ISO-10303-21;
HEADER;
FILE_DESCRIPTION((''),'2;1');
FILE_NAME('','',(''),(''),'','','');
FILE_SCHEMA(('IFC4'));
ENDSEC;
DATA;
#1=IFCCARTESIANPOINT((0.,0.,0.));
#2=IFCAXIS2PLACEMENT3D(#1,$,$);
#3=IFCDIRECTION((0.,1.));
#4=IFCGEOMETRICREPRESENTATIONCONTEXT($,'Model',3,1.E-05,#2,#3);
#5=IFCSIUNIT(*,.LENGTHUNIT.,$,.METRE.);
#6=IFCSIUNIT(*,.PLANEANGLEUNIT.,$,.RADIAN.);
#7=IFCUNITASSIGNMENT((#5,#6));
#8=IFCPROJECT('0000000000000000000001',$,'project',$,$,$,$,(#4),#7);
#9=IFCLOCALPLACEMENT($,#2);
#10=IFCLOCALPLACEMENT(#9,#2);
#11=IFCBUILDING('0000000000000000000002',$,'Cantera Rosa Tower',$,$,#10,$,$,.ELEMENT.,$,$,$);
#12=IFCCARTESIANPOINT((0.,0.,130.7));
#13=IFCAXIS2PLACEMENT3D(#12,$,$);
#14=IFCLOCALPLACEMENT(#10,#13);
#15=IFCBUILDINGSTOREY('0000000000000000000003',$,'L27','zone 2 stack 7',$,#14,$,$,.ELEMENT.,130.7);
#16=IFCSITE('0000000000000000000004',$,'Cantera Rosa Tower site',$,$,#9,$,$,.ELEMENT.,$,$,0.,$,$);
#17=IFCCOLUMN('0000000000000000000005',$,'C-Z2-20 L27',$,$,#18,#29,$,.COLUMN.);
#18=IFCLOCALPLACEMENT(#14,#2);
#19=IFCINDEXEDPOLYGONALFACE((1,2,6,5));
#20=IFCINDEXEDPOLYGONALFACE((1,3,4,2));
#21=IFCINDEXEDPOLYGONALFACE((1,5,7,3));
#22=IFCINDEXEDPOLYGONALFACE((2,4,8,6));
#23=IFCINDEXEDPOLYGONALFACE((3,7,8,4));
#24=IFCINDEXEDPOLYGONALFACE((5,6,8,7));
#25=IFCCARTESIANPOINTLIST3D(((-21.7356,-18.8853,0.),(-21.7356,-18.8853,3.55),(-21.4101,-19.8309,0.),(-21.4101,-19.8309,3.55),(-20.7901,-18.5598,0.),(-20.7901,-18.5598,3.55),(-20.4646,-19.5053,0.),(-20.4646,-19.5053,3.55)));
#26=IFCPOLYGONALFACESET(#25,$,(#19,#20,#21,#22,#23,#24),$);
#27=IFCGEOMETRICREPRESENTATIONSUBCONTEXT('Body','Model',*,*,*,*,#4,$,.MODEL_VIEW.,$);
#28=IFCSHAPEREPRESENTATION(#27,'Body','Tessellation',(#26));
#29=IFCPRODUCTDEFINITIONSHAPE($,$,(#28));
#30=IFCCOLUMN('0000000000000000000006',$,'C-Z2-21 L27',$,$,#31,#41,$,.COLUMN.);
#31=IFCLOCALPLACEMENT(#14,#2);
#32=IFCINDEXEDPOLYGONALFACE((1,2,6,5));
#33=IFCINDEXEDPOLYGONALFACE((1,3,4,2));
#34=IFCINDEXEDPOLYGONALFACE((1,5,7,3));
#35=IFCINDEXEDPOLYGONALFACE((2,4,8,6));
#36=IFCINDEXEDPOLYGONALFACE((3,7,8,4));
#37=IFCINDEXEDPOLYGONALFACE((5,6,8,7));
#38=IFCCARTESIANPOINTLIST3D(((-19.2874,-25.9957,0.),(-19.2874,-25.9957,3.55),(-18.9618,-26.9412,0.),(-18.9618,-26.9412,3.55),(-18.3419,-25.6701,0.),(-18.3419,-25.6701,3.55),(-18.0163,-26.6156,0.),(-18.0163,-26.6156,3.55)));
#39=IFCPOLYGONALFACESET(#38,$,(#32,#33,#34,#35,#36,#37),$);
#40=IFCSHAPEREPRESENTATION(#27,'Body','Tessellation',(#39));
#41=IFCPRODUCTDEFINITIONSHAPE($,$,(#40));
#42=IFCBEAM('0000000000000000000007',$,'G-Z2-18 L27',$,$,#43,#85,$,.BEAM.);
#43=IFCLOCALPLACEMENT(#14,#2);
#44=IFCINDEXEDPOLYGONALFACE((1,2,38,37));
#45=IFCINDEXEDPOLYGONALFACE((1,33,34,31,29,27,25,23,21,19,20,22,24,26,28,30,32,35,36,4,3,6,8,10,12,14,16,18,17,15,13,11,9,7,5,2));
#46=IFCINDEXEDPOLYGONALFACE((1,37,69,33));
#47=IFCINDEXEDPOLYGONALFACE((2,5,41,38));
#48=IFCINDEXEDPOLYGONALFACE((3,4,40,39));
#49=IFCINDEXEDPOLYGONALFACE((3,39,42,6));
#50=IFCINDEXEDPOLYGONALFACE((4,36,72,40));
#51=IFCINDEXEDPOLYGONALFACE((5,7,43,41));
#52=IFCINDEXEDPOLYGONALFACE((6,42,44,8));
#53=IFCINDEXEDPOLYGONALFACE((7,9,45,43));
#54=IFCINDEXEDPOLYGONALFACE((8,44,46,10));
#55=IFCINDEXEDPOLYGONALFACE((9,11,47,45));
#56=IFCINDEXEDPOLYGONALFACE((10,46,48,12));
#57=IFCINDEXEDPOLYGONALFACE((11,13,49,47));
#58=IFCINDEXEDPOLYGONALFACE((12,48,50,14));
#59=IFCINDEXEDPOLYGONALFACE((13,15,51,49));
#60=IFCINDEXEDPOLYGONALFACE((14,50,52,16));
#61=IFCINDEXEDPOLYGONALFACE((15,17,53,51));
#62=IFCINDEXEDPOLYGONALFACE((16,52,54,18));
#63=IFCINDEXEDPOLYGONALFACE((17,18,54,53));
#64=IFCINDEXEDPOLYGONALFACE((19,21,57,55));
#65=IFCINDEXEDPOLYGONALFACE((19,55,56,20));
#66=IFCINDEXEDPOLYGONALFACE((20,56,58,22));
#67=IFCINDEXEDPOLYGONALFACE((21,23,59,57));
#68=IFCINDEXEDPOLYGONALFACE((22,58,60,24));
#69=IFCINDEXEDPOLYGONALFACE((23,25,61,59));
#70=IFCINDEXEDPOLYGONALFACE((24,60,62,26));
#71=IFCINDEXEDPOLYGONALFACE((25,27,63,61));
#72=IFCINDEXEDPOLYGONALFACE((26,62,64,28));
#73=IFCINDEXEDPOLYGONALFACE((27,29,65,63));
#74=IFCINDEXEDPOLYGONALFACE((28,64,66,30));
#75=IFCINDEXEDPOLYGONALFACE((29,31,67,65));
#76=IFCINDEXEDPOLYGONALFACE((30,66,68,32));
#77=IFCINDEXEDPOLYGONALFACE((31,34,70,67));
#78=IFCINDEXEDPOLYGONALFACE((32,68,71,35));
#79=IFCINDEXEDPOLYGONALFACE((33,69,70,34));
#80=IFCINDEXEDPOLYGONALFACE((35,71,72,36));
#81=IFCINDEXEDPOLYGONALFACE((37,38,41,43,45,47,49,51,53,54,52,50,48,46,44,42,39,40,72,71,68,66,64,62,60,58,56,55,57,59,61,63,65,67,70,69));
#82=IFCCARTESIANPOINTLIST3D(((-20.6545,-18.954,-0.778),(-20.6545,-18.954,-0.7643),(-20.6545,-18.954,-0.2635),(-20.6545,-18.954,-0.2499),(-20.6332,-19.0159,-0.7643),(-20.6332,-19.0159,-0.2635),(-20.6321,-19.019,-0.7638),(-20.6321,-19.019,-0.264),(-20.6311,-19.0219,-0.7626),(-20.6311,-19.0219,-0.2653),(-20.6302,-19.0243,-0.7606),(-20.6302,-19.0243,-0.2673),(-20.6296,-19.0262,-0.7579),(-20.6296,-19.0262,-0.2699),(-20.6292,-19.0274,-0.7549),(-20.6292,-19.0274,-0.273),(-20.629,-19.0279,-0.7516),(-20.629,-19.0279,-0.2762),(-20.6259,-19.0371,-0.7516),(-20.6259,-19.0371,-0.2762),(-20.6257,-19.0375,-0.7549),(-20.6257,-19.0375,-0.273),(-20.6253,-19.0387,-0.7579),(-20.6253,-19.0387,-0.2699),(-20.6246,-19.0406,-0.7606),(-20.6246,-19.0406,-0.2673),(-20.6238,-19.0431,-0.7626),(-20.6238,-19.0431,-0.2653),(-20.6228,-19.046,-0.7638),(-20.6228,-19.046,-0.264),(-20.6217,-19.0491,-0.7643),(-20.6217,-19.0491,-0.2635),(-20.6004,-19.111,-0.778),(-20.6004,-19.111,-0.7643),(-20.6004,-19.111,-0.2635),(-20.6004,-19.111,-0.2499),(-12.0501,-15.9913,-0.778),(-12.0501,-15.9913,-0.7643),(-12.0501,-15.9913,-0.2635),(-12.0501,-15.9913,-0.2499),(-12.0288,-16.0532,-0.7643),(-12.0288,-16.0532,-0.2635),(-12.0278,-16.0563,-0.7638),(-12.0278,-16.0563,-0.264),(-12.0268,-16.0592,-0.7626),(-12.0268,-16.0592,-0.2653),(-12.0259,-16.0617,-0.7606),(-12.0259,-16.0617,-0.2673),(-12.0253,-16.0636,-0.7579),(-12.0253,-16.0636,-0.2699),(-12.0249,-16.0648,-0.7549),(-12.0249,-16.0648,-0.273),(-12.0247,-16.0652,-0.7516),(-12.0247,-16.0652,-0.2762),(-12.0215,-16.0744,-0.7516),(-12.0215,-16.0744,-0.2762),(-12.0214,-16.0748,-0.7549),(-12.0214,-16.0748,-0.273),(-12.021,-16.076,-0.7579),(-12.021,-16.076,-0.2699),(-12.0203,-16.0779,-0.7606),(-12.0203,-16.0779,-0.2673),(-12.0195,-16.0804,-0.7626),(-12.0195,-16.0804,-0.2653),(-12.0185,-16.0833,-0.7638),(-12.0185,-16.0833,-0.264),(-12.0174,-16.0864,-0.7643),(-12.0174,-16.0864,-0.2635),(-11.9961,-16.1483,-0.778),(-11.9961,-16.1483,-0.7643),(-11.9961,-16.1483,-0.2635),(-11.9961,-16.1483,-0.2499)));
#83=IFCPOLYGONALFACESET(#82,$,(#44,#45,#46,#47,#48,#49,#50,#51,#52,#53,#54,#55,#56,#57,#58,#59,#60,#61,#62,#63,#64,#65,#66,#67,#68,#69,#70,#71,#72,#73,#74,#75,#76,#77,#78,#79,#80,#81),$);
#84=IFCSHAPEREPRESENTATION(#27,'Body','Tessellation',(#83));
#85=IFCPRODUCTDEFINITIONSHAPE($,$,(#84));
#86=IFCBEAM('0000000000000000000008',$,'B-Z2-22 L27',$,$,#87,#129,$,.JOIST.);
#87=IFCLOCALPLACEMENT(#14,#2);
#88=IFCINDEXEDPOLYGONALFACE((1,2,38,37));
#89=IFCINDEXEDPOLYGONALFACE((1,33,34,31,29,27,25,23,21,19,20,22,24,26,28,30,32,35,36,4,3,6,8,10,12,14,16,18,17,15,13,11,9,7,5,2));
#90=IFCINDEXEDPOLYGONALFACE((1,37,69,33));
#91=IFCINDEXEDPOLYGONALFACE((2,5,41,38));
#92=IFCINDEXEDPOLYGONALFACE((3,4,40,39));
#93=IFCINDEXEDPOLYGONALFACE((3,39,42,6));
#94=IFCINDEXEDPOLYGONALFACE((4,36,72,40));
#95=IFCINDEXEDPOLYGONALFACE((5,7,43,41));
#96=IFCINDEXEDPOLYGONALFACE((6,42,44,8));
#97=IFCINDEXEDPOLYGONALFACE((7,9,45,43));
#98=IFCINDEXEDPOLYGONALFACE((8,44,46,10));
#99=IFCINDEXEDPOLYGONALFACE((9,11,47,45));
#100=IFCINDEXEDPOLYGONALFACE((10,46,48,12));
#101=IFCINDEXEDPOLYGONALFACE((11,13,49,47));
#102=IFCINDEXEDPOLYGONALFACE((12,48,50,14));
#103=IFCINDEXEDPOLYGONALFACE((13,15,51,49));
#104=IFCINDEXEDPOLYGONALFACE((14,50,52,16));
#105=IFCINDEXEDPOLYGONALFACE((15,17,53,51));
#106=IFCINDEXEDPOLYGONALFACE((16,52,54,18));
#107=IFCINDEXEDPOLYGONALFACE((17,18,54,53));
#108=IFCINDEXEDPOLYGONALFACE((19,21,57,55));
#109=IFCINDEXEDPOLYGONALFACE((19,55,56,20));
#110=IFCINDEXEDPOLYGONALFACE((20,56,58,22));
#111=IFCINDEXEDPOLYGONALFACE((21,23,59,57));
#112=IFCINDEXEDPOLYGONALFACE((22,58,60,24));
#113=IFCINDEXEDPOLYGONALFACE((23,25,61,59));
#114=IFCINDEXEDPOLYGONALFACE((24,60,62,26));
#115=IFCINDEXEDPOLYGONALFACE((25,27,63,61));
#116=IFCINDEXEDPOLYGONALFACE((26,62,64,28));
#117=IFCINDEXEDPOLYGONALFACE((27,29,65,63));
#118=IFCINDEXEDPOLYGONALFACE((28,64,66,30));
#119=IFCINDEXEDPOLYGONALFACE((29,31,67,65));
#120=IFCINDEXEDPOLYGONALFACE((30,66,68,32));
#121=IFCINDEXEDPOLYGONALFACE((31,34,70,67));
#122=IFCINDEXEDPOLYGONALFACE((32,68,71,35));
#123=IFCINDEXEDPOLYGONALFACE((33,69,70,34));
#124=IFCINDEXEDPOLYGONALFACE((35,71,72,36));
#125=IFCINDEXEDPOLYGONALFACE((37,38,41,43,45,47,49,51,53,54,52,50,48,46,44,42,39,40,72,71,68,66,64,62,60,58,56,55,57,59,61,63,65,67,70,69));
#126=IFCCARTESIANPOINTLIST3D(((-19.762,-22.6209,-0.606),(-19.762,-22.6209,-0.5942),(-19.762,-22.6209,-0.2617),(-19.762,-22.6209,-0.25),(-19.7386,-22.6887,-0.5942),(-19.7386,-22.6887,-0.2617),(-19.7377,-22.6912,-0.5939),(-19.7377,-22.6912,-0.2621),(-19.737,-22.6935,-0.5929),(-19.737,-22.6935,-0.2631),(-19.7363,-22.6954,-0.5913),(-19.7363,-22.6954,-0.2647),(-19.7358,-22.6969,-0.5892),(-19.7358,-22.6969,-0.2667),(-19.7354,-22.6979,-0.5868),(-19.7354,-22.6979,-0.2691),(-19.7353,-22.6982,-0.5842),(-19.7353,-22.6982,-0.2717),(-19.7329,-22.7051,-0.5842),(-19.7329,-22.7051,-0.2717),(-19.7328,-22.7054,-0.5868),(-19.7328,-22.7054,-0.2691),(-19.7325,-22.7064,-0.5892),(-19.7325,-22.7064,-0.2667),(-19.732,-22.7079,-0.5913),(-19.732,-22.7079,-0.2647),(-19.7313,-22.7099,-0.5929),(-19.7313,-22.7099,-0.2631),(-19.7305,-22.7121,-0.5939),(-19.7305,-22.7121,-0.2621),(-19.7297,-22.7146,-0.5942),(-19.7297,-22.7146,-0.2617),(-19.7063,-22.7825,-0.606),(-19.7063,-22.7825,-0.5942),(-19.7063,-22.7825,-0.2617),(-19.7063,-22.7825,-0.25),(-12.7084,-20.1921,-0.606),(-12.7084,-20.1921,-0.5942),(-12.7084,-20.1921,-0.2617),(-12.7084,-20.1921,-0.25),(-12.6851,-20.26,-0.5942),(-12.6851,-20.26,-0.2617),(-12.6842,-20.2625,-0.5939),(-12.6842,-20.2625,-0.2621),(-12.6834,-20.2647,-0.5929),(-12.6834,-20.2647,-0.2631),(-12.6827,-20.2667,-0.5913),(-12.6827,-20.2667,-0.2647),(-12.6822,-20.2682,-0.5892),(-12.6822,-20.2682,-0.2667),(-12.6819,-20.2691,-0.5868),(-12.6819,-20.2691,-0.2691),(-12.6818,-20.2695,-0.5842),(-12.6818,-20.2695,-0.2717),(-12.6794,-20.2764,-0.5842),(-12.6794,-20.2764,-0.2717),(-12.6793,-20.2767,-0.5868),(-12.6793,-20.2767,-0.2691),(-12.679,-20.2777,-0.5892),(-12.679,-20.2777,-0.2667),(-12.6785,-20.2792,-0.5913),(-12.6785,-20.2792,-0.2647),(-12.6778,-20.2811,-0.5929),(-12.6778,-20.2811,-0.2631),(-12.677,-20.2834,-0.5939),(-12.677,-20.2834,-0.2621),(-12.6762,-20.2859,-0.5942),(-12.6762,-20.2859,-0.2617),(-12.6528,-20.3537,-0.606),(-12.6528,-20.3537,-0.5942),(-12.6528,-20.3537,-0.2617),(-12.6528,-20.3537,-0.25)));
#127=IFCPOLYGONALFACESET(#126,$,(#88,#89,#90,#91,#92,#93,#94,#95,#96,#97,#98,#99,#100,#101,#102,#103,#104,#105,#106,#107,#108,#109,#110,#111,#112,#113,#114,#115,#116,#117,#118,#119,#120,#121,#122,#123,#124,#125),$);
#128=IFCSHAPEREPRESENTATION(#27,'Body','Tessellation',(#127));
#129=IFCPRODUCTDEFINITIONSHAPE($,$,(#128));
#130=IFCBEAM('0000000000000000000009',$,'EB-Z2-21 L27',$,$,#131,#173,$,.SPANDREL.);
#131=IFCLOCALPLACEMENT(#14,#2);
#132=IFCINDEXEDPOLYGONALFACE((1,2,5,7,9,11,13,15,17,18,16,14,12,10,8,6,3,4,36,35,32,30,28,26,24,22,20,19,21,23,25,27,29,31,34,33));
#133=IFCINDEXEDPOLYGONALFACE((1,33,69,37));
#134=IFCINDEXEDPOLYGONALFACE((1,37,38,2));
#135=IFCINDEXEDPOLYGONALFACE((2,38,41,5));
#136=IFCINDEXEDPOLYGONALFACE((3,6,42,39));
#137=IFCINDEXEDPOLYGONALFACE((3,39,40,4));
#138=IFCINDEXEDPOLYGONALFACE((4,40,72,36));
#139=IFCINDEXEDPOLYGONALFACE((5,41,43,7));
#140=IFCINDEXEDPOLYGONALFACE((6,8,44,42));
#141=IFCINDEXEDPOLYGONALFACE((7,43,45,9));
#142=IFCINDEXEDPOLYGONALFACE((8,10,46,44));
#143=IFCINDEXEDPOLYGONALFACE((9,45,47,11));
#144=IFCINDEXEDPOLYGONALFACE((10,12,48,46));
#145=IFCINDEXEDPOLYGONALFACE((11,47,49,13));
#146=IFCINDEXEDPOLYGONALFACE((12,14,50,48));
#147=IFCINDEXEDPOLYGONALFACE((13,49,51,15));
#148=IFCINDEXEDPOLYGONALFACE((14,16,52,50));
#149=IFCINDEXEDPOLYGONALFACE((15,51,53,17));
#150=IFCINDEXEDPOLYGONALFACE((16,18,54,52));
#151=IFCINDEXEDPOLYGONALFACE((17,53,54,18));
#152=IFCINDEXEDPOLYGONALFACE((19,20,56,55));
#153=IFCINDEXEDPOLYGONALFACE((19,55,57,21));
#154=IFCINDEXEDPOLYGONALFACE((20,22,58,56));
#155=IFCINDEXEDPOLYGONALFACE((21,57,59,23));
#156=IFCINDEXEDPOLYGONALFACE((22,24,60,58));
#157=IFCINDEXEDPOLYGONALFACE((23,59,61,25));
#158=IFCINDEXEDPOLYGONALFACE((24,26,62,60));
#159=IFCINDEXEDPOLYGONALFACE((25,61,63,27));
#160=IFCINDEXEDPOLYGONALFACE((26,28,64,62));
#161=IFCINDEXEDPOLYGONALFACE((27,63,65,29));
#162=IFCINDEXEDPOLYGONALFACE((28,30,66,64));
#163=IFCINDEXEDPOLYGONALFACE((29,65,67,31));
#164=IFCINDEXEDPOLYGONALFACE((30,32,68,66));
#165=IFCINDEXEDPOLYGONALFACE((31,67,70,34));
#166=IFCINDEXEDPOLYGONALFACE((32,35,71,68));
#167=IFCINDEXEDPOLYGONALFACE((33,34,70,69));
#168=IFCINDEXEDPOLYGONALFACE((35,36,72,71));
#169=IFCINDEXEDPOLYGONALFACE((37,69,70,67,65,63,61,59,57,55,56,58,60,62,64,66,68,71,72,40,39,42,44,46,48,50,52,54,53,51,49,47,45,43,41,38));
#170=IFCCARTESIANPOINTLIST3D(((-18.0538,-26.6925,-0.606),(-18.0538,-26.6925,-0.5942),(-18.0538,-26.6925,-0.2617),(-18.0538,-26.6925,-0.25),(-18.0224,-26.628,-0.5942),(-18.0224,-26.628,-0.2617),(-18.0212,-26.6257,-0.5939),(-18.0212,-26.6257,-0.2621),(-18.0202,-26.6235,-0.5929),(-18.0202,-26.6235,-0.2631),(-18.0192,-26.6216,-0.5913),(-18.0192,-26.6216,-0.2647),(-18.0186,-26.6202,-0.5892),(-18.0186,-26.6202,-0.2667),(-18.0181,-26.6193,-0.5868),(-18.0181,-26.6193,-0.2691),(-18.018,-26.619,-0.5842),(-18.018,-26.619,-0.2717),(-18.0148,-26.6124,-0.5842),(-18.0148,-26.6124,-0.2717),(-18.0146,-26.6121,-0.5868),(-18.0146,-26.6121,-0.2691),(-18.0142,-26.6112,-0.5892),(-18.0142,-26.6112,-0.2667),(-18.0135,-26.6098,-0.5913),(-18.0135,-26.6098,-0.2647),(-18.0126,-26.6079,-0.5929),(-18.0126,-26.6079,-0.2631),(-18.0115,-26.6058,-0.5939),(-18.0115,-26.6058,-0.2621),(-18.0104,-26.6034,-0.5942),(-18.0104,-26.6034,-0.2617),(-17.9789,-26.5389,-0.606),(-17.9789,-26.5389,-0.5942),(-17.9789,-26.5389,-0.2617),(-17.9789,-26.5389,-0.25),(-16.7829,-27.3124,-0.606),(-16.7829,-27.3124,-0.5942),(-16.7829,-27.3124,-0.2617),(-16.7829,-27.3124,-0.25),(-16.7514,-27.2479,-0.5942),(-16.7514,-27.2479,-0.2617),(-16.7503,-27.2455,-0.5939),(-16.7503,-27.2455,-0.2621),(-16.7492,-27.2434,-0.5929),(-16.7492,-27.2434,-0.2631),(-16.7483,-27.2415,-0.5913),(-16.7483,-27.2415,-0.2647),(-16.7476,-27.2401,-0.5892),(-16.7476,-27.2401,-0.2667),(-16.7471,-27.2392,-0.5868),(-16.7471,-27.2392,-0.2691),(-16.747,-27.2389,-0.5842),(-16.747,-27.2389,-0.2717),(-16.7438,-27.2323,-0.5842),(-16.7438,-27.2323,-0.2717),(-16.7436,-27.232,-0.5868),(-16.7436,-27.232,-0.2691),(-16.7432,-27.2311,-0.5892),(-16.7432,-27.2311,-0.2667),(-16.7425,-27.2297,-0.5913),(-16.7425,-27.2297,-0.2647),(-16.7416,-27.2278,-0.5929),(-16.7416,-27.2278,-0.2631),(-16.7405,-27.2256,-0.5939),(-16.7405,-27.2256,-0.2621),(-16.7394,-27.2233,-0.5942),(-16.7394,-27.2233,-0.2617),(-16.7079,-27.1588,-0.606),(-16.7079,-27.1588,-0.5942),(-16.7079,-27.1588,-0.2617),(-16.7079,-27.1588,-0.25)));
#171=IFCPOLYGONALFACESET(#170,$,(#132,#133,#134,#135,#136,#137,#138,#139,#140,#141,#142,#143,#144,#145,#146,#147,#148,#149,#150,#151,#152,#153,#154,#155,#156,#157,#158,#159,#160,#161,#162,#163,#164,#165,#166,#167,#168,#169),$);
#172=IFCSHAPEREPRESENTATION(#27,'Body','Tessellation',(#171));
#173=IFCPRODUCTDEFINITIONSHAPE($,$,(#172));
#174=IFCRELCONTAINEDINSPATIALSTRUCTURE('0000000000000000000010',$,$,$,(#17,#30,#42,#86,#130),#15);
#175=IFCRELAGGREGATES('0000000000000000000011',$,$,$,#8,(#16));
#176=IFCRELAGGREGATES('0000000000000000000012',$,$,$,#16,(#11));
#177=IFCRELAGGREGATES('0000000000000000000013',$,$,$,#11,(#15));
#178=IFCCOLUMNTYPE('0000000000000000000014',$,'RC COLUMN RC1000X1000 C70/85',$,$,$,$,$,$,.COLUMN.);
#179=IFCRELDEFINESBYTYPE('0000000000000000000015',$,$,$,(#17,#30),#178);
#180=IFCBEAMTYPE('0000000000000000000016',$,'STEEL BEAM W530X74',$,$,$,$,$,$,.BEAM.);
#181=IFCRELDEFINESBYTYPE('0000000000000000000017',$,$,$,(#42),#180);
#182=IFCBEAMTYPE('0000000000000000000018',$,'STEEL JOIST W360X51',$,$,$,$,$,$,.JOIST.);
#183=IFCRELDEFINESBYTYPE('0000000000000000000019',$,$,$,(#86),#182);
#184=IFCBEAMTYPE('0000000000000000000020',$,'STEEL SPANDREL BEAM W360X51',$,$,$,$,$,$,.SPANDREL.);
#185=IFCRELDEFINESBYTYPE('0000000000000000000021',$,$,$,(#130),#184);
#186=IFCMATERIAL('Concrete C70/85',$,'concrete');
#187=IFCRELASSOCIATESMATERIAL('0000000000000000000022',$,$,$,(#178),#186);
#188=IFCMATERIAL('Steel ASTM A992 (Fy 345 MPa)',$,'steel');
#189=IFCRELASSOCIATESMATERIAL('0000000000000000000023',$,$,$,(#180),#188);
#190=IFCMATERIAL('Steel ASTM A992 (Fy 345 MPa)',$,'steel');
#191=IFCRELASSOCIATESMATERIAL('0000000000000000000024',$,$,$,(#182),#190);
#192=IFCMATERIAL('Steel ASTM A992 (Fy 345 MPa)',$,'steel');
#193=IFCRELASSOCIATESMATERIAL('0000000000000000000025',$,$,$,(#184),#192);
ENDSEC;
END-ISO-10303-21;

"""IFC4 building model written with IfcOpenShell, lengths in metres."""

from ifc_helpers import new_model, si_unit, direction, frame, origin, origin_2d, place, context, subcontext, project, spatial, rectangle, i_section, extrude, material, material_profile, profile_set, type_object, element, save


model = new_model("IFC4")

# Units and contexts
model_context = context("Model", 3, precision=1e-05, world=origin(), true_north=direction((0.0, 1.0)))
body_context = subcontext(model_context, "Body", "Model", "MODEL_VIEW")
ifc_project = project(units=[si_unit("LENGTHUNIT", "METRE"), si_unit("PLANEANGLEUNIT", "RADIAN")], contexts=[model_context])

# Site, building, storey
site_placement = place(None, origin())
site = spatial("IfcSite", under=ifc_project, at=site_placement, Name="Cantera Rosa Tower site", CompositionType="ELEMENT", RefElevation=0.0)
building_placement = place(site_placement, origin())
building = spatial("IfcBuilding", under=site, at=building_placement, Name="Cantera Rosa Tower", CompositionType="ELEMENT")
storey_placement = place(building_placement, frame((0.0, 0.0, 130.7)))
storey = spatial("IfcBuildingStorey", under=building, at=storey_placement, Name="L27", Description="zone 2 stack 7", CompositionType="ELEMENT", Elevation=130.7)

# Columns
ifc_material_1 = material(Name="Concrete C70/85", Category="concrete")
ifc_material_profile_1 = material_profile(ifc_material_1, rectangle(XDim=1.0, YDim=1.0, at=origin_2d()), Name="RC COLUMN RC1000X1000 C70/85")
ifc_profile_set_1 = profile_set([ifc_material_profile_1], Name="Concrete C70/85")
column_type = type_object("IfcColumnType", Name="RC COLUMN RC1000X1000 C70/85", PredefinedType="COLUMN", material=ifc_profile_set_1)
for number, where, z_axis, x_axis, name in (
    (1, (-21.1001, -19.1953, 0.0), (0.0, 0.0, 1.0), (0.945519, 0.325568, 0.0), "C-Z2-20 L27"),
    (2, (-18.6519, -26.3057, 0.0), (0.0, 0.0, 1.0), (0.945519, 0.325568, 0.0), "C-Z2-21 L27"),
):
    element("IfcColumn", number, at=place(storey_placement, frame(where, z_axis=z_axis, x_axis=x_axis)), inside=storey, type_object=column_type, Name=name, PredefinedType="COLUMN", context=body_context, shape_type="SweptSolid", body=[
        extrude(rectangle(XDim=1.0, YDim=1.0, at=origin_2d()), origin(), (0.0, 0.0, 1.0), 3.55),
    ])

# Beams
ifc_material_2 = material(Name="Steel ASTM A992 (Fy 345 MPa)", Category="steel")
ifc_material_profile_2 = material_profile(ifc_material_2, i_section(OverallWidth=0.166, OverallDepth=0.5281, WebThickness=0.0098, FlangeThickness=0.0137, FilletRadius=0.0127, at=origin_2d()), Name="W530X74")
ifc_profile_set_2 = profile_set([ifc_material_profile_2], Name="Steel ASTM A992 (Fy 345 MPa)")
beam_type_1 = type_object("IfcBeamType", Name="STEEL BEAM W530X74", PredefinedType="BEAM", material=ifc_profile_set_2)
beam_1_placement = place(storey_placement, frame((-20.6274, -19.0325, -0.5139), z_axis=(0.94552, 0.325565, 0.0), x_axis=(-0.325565, 0.94552, 0.0)))
element("IfcBeam", 3, at=beam_1_placement, inside=storey, type_object=beam_type_1, Name="G-Z2-18 L27", PredefinedType="BEAM", context=body_context, shape_type="SweptSolid", body=[
    extrude(i_section(OverallWidth=0.166, OverallDepth=0.5281, WebThickness=0.0098, FlangeThickness=0.0137, FilletRadius=0.0127, at=origin_2d()), origin(), (0.0, 0.0, 1.0), 9.1001),
])
ifc_material_3 = material(Name="Steel ASTM A992 (Fy 345 MPa)", Category="steel")
ifc_material_profile_3 = material_profile(ifc_material_3, i_section(OverallWidth=0.1709, OverallDepth=0.356, WebThickness=0.0073, FlangeThickness=0.0117, FilletRadius=0.01, at=origin_2d()), Name="W360X51")
ifc_profile_set_3 = profile_set([ifc_material_profile_3], Name="Steel ASTM A992 (Fy 345 MPa)")
beam_type_2 = type_object("IfcBeamType", Name="STEEL JOIST W360X51", PredefinedType="JOIST", material=ifc_profile_set_3)
beam_2_placement = place(storey_placement, frame((-19.7341, -22.7017, -0.428), z_axis=(0.945518, 0.325569, 0.0), x_axis=(-0.325569, 0.945518, 0.0)))
element("IfcBeam", 4, at=beam_2_placement, inside=storey, type_object=beam_type_2, Name="B-Z2-22 L27", PredefinedType="JOIST", context=body_context, shape_type="SweptSolid", body=[
    extrude(i_section(OverallWidth=0.1709, OverallDepth=0.356, WebThickness=0.0073, FlangeThickness=0.0117, FilletRadius=0.01, at=origin_2d()), origin(), (0.0, 0.0, 1.0), 7.46),
])
ifc_material_4 = material(Name="Steel ASTM A992 (Fy 345 MPa)", Category="steel")
ifc_material_profile_4 = material_profile(ifc_material_4, i_section(OverallWidth=0.1709, OverallDepth=0.356, WebThickness=0.0073, FlangeThickness=0.0117, FilletRadius=0.01, at=origin_2d()), Name="W360X51")
ifc_profile_set_4 = profile_set([ifc_material_profile_4], Name="Steel ASTM A992 (Fy 345 MPa)")
beam_type_3 = type_object("IfcBeamType", Name="STEEL SPANDREL BEAM W360X51", PredefinedType="SPANDREL", material=ifc_profile_set_4)
beam_3_placement = place(storey_placement, frame((-18.0164, -26.6157, -0.428), z_axis=(0.898803, -0.438352, 0.0), x_axis=(0.438352, 0.898803, 0.0)))
element("IfcBeam", 5, at=beam_3_placement, inside=storey, type_object=beam_type_3, Name="EB-Z2-21 L27", PredefinedType="SPANDREL", context=body_context, shape_type="SweptSolid", body=[
    extrude(i_section(OverallWidth=0.1709, OverallDepth=0.356, WebThickness=0.0073, FlangeThickness=0.0117, FilletRadius=0.01, at=origin_2d()), origin(), (0.0, 0.0, 1.0), 1.4141),
])

save(model, "model.ifc")
